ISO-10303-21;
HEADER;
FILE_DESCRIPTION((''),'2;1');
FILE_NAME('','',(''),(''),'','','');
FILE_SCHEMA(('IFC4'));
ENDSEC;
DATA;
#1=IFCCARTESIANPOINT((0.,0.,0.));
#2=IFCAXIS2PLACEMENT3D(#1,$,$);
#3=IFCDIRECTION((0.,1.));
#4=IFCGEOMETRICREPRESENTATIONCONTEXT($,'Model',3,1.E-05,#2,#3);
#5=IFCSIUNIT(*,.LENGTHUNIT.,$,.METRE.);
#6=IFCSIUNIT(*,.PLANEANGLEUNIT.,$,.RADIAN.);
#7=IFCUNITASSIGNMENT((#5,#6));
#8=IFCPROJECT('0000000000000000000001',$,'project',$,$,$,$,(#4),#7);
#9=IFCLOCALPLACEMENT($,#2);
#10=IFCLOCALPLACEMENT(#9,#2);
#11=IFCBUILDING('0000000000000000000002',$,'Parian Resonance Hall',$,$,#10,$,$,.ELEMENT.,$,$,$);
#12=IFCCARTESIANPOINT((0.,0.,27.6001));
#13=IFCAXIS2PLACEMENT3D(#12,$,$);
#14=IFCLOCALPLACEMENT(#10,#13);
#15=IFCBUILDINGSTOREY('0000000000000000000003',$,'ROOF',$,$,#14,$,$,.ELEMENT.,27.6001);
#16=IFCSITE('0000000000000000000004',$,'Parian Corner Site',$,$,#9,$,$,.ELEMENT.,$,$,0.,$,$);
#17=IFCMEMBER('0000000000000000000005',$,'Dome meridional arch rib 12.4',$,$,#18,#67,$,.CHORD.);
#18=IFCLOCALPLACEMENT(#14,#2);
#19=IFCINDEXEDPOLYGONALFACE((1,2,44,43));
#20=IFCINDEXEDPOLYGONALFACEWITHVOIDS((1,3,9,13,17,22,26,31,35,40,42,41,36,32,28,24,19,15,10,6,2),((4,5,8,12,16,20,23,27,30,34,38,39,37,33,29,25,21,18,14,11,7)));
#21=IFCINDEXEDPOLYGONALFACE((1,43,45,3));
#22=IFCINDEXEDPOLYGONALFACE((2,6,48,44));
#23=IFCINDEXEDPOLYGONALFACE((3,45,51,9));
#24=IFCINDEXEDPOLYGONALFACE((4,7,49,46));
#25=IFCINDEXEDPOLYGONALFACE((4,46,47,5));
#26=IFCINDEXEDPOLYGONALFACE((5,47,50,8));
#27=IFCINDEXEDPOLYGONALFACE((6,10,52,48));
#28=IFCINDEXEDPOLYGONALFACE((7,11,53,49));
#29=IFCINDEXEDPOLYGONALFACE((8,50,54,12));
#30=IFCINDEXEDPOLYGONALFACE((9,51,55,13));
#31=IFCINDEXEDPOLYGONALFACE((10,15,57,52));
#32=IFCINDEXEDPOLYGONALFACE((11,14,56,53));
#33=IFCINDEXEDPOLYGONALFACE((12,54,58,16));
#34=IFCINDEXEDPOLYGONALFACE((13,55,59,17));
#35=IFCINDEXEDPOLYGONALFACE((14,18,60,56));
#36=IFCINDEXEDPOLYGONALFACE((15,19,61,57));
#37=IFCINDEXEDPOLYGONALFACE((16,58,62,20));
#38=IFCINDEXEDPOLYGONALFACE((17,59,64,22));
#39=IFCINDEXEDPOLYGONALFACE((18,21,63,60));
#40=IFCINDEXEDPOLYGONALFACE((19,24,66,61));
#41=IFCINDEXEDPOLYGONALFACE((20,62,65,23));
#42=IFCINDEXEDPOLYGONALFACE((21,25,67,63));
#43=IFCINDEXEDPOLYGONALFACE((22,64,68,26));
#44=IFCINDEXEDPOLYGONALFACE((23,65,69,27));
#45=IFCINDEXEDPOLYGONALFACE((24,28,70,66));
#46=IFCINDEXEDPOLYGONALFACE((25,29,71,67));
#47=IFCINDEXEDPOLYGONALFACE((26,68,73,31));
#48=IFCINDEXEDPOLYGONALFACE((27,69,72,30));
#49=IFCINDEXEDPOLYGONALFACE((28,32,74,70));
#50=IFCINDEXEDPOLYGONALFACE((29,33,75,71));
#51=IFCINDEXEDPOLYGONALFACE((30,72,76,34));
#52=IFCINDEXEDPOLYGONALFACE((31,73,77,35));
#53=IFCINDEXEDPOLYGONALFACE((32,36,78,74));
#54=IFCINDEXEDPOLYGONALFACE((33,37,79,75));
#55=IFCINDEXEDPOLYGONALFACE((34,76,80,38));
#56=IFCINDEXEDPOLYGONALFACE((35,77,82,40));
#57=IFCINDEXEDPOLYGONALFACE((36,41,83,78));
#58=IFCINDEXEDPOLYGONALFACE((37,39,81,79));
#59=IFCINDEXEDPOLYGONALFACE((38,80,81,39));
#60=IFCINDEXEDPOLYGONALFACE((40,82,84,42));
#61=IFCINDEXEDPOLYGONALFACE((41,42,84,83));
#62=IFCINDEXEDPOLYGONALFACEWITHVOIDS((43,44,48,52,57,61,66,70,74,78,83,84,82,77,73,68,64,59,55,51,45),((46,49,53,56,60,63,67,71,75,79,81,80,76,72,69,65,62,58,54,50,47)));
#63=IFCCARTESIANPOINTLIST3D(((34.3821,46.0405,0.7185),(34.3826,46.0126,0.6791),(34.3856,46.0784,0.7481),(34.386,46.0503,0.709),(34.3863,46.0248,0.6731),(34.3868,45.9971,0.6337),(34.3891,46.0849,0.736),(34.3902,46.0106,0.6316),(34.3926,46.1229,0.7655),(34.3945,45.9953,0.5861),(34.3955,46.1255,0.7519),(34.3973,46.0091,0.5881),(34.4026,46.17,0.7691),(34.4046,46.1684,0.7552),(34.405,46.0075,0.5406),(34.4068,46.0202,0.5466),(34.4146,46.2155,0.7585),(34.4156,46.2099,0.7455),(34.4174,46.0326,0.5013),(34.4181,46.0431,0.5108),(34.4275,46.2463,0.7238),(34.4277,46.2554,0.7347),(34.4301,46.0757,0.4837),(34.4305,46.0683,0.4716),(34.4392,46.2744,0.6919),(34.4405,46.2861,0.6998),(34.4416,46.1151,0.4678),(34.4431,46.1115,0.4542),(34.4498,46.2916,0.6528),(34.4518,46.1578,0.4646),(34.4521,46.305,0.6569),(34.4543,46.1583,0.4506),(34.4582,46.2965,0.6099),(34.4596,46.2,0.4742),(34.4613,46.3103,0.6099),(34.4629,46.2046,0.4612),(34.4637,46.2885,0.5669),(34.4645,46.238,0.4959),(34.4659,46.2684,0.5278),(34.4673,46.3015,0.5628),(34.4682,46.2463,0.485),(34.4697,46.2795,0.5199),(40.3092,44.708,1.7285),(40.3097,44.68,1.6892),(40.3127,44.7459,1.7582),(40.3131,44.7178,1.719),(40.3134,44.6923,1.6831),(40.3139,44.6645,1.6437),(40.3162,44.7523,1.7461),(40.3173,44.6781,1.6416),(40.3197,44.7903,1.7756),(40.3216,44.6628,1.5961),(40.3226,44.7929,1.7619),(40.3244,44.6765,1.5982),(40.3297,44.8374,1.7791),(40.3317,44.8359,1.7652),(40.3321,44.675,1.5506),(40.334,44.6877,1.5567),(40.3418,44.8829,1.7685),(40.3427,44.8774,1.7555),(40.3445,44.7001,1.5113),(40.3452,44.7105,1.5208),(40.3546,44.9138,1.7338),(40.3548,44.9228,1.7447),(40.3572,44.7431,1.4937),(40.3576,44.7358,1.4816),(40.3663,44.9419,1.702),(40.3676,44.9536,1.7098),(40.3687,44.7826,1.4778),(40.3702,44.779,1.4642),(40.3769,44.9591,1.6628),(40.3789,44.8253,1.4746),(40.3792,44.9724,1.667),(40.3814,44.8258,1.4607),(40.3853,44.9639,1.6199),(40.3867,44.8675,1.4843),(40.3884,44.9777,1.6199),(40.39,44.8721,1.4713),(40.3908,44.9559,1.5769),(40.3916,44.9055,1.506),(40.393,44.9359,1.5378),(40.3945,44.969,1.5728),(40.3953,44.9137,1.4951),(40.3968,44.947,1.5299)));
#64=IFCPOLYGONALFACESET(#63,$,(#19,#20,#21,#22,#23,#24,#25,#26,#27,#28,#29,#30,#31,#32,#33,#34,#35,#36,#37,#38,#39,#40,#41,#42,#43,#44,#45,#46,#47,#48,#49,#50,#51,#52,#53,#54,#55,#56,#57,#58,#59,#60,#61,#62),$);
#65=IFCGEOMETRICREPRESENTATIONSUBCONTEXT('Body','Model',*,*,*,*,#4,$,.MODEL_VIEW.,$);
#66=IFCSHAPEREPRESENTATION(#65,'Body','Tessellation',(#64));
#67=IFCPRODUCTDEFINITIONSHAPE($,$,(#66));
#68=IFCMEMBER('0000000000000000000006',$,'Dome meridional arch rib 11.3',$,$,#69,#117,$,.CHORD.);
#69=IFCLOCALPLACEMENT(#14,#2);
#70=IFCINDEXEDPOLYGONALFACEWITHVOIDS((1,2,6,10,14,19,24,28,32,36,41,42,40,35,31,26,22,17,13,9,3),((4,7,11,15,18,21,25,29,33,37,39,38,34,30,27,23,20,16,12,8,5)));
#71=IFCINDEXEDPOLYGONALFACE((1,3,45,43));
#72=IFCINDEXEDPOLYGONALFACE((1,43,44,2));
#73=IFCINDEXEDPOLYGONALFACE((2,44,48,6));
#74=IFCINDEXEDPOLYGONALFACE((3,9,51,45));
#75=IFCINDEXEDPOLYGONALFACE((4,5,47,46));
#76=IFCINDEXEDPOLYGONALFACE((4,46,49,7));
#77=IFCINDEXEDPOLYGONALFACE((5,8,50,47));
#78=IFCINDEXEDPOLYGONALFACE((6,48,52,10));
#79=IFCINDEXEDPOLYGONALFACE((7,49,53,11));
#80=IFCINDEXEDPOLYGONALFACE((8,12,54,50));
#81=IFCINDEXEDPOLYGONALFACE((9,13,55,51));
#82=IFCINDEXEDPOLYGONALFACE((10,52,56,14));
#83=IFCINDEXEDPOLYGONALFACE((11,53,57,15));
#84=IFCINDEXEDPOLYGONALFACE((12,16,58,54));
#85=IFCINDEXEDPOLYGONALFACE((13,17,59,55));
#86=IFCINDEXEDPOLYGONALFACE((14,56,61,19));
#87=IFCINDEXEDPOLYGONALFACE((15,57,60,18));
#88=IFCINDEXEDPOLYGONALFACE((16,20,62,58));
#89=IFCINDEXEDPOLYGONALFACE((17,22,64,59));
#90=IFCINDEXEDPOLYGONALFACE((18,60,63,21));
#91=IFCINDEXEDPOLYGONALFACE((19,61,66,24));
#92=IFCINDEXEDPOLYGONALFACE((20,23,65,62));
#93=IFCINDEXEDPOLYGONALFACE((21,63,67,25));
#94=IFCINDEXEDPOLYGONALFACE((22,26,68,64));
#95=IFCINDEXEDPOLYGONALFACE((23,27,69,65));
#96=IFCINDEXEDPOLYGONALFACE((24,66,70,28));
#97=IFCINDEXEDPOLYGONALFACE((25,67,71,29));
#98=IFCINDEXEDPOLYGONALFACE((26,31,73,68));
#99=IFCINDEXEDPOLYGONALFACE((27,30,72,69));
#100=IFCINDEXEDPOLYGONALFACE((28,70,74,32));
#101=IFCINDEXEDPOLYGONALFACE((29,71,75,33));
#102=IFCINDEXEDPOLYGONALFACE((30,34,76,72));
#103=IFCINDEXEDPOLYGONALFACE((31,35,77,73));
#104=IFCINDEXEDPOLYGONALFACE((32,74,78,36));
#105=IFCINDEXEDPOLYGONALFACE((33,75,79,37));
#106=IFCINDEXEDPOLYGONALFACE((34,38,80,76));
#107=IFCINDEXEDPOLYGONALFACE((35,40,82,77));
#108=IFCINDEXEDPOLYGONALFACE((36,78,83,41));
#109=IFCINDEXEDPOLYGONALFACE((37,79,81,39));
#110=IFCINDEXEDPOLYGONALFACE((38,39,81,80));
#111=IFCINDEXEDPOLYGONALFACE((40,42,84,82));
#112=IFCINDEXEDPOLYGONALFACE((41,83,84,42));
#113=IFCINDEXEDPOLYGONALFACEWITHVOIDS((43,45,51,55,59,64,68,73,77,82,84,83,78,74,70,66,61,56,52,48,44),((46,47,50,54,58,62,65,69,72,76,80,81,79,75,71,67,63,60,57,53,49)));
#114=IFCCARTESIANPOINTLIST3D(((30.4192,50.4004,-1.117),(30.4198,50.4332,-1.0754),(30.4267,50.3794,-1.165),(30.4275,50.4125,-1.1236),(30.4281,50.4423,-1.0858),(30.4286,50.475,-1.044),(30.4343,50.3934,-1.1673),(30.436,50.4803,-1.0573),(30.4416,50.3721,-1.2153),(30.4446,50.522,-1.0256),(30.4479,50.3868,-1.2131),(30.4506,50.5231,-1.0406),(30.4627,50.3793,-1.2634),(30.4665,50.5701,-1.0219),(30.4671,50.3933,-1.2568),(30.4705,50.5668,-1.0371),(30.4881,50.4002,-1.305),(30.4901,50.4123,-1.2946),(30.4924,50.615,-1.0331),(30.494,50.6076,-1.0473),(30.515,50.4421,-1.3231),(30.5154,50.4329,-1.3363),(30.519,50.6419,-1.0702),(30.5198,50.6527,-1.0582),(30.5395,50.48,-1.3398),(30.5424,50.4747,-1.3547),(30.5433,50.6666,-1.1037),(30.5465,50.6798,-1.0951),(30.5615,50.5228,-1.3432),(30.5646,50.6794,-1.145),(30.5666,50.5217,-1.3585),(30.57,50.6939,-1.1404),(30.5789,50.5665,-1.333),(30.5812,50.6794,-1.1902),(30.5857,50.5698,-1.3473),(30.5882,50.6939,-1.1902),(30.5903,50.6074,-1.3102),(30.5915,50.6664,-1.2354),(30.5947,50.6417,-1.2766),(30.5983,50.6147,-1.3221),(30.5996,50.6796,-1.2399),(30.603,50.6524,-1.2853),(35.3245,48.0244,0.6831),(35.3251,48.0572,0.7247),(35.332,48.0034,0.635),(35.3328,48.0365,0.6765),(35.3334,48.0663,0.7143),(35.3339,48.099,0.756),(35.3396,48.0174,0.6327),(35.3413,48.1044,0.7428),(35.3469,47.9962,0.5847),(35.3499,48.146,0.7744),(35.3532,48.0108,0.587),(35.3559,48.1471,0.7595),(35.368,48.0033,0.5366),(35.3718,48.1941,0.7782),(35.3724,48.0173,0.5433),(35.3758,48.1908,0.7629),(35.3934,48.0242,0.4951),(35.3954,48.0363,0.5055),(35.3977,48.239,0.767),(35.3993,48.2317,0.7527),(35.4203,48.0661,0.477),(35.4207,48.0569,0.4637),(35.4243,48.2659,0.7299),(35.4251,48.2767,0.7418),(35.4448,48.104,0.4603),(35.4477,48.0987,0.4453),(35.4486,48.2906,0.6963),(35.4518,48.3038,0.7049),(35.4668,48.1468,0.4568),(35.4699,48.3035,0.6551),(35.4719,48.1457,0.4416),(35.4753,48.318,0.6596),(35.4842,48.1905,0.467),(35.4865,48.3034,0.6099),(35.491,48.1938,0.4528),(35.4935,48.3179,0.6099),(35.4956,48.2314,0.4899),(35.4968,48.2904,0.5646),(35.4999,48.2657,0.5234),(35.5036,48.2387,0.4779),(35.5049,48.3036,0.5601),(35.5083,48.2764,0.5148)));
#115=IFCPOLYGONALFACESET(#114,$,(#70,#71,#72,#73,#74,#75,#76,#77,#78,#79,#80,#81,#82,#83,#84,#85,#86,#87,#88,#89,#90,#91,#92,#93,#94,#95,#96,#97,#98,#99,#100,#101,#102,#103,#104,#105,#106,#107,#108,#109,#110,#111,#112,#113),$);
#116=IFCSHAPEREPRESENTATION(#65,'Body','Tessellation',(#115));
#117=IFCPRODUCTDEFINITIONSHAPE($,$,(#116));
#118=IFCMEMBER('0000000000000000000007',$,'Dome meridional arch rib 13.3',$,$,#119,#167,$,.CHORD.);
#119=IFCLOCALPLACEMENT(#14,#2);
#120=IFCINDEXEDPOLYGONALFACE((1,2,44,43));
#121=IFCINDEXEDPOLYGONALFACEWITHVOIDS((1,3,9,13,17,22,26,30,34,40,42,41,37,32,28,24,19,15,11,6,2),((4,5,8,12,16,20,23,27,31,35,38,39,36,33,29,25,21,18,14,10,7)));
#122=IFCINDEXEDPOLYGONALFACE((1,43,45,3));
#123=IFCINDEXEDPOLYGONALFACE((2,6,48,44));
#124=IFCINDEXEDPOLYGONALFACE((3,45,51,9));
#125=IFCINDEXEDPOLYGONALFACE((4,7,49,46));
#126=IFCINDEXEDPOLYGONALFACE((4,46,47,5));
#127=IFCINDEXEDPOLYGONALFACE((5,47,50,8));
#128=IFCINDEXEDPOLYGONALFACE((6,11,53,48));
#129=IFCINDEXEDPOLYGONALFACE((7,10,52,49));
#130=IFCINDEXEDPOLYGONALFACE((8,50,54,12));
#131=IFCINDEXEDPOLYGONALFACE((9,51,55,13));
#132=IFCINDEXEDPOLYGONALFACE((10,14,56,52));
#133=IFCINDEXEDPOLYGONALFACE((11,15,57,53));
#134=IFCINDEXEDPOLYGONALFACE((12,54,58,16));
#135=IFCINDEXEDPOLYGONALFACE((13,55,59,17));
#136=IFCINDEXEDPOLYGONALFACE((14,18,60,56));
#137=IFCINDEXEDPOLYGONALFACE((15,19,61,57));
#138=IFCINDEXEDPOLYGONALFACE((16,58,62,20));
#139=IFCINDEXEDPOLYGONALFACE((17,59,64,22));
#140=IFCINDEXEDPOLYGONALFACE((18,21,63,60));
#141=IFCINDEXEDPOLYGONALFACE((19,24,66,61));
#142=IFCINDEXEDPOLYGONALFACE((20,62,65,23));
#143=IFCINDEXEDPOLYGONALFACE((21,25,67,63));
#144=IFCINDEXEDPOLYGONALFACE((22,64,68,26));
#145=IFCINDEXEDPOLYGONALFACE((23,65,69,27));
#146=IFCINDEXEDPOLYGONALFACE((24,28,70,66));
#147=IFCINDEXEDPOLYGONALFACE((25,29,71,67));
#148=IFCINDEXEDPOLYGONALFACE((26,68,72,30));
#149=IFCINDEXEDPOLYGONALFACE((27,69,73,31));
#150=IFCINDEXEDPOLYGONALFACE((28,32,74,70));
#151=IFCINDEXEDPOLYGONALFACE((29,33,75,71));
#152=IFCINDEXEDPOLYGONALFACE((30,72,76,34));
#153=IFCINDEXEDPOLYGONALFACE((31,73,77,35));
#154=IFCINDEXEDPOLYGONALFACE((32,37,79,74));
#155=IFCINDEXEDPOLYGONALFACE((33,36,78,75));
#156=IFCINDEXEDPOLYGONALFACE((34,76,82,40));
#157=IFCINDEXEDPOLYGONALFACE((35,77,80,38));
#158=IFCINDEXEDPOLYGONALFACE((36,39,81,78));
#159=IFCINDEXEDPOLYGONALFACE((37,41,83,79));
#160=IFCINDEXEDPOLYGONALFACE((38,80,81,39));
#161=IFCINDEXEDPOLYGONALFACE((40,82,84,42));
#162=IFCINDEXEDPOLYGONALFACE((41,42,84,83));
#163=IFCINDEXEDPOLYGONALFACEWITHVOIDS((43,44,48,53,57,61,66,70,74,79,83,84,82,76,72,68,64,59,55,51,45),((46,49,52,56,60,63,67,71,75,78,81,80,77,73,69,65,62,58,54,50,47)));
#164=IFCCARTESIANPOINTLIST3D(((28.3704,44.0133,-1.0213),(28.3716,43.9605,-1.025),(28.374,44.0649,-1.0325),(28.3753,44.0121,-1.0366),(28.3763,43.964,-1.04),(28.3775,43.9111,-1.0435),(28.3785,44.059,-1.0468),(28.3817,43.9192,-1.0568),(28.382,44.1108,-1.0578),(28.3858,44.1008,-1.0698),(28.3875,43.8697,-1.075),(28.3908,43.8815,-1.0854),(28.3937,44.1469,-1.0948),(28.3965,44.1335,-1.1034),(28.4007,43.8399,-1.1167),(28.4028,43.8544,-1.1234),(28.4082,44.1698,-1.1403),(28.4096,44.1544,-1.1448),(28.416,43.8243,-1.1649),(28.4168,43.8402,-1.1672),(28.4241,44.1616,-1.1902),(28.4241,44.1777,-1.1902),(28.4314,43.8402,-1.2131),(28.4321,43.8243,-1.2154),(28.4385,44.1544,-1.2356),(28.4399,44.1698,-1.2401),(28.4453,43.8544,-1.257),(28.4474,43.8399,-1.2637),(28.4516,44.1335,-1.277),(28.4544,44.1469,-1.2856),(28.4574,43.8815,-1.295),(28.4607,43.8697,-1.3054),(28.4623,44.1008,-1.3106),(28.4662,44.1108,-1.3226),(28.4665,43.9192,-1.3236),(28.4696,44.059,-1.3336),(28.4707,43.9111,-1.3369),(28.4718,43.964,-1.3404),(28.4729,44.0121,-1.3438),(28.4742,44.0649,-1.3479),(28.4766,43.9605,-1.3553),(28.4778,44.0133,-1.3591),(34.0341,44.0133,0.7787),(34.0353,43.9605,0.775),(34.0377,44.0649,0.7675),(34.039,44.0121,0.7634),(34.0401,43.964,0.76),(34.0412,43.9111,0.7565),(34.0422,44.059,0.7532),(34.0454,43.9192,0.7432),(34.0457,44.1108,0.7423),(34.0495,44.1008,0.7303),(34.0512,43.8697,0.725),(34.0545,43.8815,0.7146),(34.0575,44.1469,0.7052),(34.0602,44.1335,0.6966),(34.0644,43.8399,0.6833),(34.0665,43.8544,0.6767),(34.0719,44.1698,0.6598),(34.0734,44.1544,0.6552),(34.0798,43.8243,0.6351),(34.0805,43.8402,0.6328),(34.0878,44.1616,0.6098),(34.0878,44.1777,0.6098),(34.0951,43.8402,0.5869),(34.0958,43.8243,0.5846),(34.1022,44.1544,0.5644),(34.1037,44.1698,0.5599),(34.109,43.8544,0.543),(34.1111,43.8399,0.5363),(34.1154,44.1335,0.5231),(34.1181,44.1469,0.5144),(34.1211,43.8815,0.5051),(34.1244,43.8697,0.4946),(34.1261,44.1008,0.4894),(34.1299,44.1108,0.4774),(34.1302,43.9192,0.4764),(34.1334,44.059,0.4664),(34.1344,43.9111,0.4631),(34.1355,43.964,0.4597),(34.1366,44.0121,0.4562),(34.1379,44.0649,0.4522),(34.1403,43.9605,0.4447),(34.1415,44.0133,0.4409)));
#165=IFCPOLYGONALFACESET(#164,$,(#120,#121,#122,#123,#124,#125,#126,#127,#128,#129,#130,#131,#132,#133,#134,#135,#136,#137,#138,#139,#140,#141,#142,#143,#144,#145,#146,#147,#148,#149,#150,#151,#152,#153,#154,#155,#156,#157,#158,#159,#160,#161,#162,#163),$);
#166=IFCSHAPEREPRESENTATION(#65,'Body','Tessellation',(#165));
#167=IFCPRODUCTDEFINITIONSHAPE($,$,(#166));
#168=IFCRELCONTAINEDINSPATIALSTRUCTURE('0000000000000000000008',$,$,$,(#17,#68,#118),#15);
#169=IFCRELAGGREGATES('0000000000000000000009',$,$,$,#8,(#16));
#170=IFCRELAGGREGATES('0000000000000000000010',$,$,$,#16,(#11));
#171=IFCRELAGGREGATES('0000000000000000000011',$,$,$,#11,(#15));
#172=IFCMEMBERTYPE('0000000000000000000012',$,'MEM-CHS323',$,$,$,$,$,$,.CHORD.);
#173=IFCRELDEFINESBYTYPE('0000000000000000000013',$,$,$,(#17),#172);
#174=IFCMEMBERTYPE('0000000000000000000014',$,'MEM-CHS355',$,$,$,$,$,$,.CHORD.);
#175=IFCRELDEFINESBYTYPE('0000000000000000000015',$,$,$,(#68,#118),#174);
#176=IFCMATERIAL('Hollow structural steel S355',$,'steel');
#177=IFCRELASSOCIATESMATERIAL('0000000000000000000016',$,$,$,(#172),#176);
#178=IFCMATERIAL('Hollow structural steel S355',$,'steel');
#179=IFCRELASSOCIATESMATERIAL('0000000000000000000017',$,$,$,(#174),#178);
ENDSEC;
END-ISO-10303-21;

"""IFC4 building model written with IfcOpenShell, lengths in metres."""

from ifc_helpers import new_model, si_unit, direction, frame, origin, origin_2d, place, context, subcontext, project, spatial, hollow_circle, extrude, material, material_profile, profile_set, type_object, element, save


model = new_model("IFC4")

# Units and contexts
model_context = context("Model", 3, precision=1e-05, world=origin(), true_north=direction((0.0, 1.0)))
body_context = subcontext(model_context, "Body", "Model", "MODEL_VIEW")
ifc_project = project(units=[si_unit("LENGTHUNIT", "METRE"), si_unit("PLANEANGLEUNIT", "RADIAN")], contexts=[model_context])

# Site, building, storey
site_placement = place(None, origin())
site = spatial("IfcSite", under=ifc_project, at=site_placement, Name="Parian Corner Site", CompositionType="ELEMENT", RefElevation=0.0)
building_placement = place(site_placement, origin())
building = spatial("IfcBuilding", under=site, at=building_placement, Name="Parian Resonance Hall", CompositionType="ELEMENT")
storey_placement = place(building_placement, frame((0.0, 0.0, 27.6001)))
storey = spatial("IfcBuildingStorey", under=building, at=storey_placement, Name="ROOF", CompositionType="ELEMENT", Elevation=27.6001)

# Members
ifc_material_1 = material(Name="Hollow structural steel S355", Category="steel")
ifc_material_profile_1 = material_profile(ifc_material_1, hollow_circle(Radius=0.1619, WallThickness=0.0142, at=origin_2d()), Name="CHS323.9x14.2")
ifc_profile_set_1 = profile_set([ifc_material_profile_1], Name="Hollow structural steel S355")
member_type_1 = type_object("IfcMemberType", Name="MEM-CHS323", PredefinedType="CHORD", material=ifc_profile_set_1)
member_1_placement = place(storey_placement, frame((34.4258, 46.1523, 0.6099), z_axis=(0.962436, -0.216377, 0.164007), x_axis=(0.219347, 0.975647, 0.0)))
element("IfcMember", 1, at=member_1_placement, inside=storey, type_object=member_type_1, Name="Dome meridional arch rib 12.4", PredefinedType="CHORD", context=body_context, shape_type="SweptSolid", body=[
    extrude(hollow_circle(Radius=0.1619, WallThickness=0.0142, at=origin_2d()), origin(), (0.0, 0.0, 1.0), 6.1584),
])
ifc_material_2 = material(Name="Hollow structural steel S355", Category="steel")
ifc_material_profile_2 = material_profile(ifc_material_2, hollow_circle(Radius=0.1777, WallThickness=0.0161, at=origin_2d()), Name="CHS355.6x16")
ifc_profile_set_2 = profile_set([ifc_material_profile_2], Name="Hollow structural steel S355")
member_type_2 = type_object("IfcMemberType", Name="MEM-CHS355", PredefinedType="CHORD", material=ifc_profile_set_2)
member_2_placement = place(storey_placement, frame((30.5107, 50.5339, -1.1902), z_axis=(0.854583, -0.413936, 0.3136), x_axis=(0.435926, 0.899982, 0.0)))
element("IfcMember", 2, at=member_2_placement, inside=storey, type_object=member_type_2, Name="Dome meridional arch rib 11.3", PredefinedType="CHORD", context=body_context, shape_type="SweptSolid", body=[
    extrude(hollow_circle(Radius=0.1777, WallThickness=0.0161, at=origin_2d()), origin(), (0.0, 0.0, 1.0), 5.74),
])
member_3_placement = place(storey_placement, frame((28.4241, 44.0, -1.1902), z_axis=(0.953027, 0.0, 0.302887), x_axis=(0.0, 1.0, 0.0)))
element("IfcMember", 3, at=member_3_placement, inside=storey, type_object=member_type_2, Name="Dome meridional arch rib 13.3", PredefinedType="CHORD", context=body_context, shape_type="SweptSolid", body=[
    extrude(hollow_circle(Radius=0.1777, WallThickness=0.0161, at=origin_2d()), origin(), (0.0, 0.0, 1.0), 5.9429),
])

save(model, "model.ifc")
